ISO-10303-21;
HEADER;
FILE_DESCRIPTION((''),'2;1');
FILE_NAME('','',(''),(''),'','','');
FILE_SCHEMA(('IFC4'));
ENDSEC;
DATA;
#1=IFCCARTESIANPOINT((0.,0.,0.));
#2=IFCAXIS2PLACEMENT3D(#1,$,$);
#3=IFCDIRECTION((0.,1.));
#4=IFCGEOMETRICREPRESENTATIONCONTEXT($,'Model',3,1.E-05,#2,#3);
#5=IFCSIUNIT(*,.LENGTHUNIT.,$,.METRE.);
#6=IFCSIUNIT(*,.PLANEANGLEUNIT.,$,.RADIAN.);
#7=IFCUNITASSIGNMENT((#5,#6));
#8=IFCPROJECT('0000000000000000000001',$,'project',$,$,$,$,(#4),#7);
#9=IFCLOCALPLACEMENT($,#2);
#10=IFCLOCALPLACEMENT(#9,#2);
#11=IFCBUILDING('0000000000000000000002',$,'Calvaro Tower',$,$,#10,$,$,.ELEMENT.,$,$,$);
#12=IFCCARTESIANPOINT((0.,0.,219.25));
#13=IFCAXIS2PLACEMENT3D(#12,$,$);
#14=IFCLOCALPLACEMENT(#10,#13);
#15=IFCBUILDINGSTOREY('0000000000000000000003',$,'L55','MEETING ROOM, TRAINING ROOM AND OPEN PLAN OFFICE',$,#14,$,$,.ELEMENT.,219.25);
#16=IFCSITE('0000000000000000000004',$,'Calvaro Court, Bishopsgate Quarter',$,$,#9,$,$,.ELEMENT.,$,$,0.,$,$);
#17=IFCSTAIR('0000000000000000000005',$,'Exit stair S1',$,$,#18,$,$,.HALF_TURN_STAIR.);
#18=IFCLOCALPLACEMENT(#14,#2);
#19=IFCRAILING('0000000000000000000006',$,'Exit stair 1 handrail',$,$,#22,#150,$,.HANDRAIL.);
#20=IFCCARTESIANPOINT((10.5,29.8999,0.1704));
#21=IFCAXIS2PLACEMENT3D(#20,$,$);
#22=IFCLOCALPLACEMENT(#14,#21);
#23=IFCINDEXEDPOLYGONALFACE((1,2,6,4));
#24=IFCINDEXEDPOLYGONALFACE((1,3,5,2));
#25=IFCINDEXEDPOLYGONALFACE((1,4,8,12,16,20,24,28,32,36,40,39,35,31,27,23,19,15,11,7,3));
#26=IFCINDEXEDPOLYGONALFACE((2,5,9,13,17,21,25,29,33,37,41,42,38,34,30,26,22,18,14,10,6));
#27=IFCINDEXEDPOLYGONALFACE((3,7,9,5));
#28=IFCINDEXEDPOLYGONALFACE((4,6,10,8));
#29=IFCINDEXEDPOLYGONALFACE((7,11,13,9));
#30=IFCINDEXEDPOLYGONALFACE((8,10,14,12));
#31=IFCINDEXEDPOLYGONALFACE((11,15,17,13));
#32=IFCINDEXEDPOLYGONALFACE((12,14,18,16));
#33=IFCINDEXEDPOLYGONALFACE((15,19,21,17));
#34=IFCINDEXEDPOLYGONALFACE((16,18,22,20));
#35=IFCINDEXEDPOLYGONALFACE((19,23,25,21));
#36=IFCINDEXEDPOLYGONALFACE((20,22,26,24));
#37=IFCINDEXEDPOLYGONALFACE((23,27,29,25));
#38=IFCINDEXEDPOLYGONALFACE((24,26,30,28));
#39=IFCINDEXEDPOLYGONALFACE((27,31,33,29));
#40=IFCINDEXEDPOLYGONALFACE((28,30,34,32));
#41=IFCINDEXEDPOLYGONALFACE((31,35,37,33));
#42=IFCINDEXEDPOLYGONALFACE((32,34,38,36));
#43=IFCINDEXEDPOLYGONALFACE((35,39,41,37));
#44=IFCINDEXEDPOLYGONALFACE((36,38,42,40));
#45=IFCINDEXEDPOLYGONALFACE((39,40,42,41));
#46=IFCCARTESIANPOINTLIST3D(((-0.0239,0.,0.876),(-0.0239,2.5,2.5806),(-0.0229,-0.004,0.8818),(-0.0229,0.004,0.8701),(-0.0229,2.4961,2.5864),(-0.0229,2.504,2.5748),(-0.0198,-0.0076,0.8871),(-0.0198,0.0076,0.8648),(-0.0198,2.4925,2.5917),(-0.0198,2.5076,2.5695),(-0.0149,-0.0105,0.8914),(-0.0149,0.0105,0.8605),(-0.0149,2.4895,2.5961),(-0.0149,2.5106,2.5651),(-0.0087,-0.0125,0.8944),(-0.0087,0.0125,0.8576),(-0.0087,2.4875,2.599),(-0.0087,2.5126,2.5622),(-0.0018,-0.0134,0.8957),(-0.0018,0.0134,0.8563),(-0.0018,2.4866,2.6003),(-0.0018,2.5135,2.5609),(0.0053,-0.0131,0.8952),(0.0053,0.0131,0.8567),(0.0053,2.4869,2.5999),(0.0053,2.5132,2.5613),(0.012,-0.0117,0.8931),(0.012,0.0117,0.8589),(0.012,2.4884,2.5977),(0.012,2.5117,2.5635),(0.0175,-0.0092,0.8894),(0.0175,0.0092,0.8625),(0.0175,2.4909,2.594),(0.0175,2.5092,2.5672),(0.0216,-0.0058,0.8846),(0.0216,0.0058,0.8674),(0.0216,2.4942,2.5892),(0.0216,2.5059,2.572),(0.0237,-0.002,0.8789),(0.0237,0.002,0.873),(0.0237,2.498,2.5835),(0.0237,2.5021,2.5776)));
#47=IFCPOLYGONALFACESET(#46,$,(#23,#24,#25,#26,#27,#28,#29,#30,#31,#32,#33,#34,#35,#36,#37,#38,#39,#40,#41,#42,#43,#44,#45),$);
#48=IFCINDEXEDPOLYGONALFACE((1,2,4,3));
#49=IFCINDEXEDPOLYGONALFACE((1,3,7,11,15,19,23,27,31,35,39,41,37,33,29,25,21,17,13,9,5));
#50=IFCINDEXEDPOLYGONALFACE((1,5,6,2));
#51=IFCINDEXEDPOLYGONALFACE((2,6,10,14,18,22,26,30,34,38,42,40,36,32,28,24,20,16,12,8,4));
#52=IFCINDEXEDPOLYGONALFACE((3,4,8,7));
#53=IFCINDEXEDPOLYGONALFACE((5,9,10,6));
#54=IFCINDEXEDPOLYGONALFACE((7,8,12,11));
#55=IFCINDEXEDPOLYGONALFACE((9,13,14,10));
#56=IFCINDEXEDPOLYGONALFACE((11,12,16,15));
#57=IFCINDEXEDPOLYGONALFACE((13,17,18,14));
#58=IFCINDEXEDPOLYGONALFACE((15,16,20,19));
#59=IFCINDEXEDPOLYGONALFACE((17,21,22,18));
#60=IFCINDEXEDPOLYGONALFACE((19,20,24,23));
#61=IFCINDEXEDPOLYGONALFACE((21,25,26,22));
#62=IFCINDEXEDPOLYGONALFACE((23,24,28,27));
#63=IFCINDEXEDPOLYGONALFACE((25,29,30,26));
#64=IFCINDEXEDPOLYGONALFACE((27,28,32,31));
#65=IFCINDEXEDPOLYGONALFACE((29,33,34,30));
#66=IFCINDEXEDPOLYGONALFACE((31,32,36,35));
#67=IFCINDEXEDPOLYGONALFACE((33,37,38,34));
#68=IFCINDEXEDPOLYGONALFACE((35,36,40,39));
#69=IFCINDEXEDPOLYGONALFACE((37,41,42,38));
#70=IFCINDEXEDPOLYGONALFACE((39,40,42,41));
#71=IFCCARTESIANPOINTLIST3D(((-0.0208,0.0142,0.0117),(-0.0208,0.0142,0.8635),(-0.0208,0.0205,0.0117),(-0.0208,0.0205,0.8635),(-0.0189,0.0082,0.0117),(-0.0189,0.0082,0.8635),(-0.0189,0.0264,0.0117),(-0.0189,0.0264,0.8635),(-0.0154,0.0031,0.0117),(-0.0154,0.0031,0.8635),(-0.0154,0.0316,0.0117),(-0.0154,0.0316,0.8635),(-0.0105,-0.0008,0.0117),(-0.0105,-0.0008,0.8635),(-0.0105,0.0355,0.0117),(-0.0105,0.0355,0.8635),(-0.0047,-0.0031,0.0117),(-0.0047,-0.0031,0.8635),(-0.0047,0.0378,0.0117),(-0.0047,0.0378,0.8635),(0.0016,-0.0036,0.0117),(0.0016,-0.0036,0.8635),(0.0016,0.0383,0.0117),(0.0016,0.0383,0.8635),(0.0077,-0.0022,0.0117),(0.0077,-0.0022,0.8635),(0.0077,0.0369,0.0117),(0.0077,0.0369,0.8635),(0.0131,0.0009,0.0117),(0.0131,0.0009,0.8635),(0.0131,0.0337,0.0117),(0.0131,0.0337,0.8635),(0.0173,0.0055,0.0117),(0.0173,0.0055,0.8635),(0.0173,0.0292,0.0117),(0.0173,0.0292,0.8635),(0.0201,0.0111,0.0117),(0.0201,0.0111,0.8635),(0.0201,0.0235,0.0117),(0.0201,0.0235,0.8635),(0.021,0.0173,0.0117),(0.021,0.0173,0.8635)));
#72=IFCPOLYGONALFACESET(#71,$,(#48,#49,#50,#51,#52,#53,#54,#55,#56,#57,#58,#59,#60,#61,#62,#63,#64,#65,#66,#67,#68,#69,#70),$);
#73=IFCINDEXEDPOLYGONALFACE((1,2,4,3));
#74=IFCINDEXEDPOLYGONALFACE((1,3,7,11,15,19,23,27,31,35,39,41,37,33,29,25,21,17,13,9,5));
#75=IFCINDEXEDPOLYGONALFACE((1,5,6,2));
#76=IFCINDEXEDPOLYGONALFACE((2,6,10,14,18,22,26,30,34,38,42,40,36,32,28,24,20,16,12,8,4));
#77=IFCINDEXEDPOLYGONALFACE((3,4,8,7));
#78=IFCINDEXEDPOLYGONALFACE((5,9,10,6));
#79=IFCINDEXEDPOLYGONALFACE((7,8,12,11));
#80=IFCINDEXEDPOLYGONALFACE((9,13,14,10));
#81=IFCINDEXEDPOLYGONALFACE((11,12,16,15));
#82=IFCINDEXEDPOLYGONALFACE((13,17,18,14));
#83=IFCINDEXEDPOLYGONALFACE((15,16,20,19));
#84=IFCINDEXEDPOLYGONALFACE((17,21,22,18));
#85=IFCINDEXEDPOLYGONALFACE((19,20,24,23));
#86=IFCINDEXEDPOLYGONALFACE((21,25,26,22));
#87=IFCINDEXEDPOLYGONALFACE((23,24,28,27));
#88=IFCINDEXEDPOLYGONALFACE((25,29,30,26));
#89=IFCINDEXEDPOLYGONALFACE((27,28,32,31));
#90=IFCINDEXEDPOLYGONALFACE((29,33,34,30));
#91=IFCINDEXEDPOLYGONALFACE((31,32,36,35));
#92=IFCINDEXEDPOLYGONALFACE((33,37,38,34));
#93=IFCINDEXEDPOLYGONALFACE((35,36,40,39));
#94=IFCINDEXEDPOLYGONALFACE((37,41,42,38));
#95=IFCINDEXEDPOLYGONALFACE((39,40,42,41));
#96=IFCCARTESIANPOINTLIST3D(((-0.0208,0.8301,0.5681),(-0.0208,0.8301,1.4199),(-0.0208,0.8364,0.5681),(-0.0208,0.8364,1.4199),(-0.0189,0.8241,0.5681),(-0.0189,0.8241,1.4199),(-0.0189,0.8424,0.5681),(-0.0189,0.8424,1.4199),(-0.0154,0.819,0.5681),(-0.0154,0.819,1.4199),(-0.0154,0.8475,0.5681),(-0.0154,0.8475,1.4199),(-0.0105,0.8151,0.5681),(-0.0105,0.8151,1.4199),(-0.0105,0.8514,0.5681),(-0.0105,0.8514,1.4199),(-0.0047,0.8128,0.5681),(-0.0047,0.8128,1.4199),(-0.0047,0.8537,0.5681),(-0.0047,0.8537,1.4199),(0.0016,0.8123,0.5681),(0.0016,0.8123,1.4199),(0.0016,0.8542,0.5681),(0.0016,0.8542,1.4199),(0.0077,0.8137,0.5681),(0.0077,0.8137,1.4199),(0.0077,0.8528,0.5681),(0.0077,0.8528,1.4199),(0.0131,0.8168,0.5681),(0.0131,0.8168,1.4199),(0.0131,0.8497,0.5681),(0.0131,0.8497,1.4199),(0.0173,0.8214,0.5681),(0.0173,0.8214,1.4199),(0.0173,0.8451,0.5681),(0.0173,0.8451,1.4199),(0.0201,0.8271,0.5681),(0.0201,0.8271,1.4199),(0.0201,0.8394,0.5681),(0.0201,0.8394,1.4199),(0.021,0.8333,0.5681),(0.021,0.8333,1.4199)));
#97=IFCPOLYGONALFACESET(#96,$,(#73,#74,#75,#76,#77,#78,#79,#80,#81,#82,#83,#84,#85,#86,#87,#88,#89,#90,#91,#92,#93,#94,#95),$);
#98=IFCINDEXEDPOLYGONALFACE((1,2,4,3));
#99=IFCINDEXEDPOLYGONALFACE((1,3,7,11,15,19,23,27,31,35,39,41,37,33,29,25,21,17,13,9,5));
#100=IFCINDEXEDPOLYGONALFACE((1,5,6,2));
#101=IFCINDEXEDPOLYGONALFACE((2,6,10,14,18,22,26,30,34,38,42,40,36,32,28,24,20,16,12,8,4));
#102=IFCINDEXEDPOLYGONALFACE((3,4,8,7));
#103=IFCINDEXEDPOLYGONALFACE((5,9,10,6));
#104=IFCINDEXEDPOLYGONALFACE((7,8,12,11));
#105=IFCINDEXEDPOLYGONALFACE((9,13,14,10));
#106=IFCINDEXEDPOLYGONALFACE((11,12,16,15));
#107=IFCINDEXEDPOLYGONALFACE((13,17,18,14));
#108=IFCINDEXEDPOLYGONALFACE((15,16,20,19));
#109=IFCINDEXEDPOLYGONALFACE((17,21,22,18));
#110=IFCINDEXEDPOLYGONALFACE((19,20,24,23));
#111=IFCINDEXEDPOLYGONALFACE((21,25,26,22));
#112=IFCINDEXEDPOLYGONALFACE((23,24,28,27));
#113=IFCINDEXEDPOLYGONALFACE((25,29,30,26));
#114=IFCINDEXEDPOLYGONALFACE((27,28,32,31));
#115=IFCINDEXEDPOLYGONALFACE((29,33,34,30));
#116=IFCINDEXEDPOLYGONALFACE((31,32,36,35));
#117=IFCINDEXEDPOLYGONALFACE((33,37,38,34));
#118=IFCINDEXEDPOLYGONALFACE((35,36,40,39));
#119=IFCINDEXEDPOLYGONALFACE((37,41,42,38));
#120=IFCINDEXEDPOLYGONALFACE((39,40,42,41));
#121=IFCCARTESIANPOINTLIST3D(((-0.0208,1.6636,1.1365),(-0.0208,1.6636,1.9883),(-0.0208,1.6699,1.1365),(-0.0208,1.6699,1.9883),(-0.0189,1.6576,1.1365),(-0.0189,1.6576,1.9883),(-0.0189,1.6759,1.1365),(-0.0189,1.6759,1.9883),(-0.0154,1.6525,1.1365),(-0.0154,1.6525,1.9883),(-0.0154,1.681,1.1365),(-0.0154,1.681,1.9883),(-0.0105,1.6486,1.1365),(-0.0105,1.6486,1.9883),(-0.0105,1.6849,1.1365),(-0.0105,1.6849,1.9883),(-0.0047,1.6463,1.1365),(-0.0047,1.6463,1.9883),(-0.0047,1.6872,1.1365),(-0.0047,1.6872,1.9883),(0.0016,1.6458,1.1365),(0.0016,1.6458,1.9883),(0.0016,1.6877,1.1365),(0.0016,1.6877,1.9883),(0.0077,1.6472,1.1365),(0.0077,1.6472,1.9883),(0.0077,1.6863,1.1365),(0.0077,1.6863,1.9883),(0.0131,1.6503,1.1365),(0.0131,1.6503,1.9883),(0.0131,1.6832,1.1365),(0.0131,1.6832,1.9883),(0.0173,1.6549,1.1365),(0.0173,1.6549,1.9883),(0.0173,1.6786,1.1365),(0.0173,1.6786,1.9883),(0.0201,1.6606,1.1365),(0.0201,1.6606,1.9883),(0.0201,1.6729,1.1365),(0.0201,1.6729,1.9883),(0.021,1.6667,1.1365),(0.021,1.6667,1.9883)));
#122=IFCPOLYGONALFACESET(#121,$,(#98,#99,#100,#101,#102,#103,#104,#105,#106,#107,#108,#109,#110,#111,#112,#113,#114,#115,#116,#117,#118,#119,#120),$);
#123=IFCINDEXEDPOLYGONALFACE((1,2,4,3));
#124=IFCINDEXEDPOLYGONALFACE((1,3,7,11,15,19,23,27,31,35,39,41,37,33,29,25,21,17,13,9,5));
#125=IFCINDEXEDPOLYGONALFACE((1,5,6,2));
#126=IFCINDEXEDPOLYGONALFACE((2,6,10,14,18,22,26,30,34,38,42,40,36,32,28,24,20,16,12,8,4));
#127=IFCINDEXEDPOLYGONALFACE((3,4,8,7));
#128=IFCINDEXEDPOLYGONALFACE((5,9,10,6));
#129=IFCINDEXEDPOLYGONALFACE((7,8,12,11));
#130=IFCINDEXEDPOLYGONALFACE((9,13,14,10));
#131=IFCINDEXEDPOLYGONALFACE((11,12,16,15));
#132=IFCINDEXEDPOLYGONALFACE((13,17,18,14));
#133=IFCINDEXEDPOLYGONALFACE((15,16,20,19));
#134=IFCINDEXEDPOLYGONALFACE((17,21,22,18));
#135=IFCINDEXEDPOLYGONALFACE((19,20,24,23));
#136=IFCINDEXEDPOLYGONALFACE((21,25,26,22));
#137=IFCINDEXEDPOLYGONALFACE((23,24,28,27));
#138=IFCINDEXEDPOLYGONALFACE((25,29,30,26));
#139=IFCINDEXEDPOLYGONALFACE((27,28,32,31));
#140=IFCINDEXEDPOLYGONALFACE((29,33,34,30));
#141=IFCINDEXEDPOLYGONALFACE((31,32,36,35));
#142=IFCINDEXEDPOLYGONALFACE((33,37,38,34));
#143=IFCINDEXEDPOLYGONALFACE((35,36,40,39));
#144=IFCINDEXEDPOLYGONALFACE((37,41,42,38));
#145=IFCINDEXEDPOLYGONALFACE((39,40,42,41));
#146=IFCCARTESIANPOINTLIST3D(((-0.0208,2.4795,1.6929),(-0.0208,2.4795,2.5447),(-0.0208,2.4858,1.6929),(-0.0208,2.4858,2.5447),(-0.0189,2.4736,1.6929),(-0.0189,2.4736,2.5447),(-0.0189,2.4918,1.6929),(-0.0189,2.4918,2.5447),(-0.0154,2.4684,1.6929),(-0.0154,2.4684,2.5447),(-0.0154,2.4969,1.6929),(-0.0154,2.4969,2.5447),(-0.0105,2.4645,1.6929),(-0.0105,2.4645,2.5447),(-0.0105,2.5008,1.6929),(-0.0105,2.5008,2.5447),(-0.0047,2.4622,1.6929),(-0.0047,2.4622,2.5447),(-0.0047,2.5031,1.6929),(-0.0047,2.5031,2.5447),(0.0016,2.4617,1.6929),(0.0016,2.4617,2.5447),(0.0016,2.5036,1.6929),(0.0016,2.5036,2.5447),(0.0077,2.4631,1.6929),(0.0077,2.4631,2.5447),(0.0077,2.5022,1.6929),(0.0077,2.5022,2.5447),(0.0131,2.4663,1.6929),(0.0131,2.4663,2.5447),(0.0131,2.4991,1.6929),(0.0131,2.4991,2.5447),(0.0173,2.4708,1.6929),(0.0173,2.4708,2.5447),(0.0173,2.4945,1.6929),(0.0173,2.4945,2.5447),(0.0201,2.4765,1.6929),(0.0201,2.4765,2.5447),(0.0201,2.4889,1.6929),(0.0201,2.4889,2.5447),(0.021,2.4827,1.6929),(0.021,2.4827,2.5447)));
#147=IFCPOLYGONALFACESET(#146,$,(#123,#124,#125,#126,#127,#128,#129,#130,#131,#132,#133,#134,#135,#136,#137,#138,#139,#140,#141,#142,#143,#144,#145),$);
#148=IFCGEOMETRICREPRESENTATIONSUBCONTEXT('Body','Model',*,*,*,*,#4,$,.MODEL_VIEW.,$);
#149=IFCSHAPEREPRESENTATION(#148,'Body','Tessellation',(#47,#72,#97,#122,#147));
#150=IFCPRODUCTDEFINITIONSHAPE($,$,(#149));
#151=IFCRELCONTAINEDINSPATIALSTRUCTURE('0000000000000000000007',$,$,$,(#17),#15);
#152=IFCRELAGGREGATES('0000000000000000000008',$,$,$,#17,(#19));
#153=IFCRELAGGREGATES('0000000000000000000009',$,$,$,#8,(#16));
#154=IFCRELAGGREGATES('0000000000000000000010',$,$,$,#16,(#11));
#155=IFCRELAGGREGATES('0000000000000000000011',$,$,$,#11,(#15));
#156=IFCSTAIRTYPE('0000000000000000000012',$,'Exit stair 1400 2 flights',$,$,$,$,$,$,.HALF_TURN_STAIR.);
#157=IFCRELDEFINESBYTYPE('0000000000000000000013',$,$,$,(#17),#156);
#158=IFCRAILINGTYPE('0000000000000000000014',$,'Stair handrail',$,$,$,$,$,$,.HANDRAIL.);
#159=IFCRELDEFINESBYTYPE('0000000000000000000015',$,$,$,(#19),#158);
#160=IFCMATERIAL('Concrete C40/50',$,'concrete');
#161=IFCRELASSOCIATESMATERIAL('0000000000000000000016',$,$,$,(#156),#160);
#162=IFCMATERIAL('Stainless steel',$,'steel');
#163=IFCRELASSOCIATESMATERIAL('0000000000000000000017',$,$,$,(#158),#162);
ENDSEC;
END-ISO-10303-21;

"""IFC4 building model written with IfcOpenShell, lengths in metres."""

from ifc_helpers import new_model, si_unit, direction, frame, origin, origin_2d, place, context, subcontext, project, spatial, circle, extrude, material, type_object, element, aggregate, save


model = new_model("IFC4")

# Units and contexts
model_context = context("Model", 3, precision=1e-05, world=origin(), true_north=direction((0.0, 1.0)))
body_context = subcontext(model_context, "Body", "Model", "MODEL_VIEW")
ifc_project = project(units=[si_unit("LENGTHUNIT", "METRE"), si_unit("PLANEANGLEUNIT", "RADIAN")], contexts=[model_context])

# Site, building, storey
site_placement = place(None, origin())
site = spatial("IfcSite", under=ifc_project, at=site_placement, Name="Calvaro Court, Bishopsgate Quarter", CompositionType="ELEMENT", RefElevation=0.0)
building_placement = place(site_placement, origin())
building = spatial("IfcBuilding", under=site, at=building_placement, Name="Calvaro Tower", CompositionType="ELEMENT")
storey_placement = place(building_placement, frame((0.0, 0.0, 219.25)))
storey = spatial("IfcBuildingStorey", under=building, at=storey_placement, Name="L55", Description="MEETING ROOM, TRAINING ROOM AND OPEN PLAN OFFICE", CompositionType="ELEMENT", Elevation=219.25)

# Stair, railing
ifc_material_1 = material(Name="Concrete C40/50", Category="concrete")
stair_type = type_object("IfcStairType", Name="Exit stair 1400 2 flights", PredefinedType="HALF_TURN_STAIR", material=ifc_material_1)
stair_placement = place(storey_placement, origin())
stair = element("IfcStair", 1, at=stair_placement, inside=storey, type_object=stair_type, Name="Exit stair S1", PredefinedType="HALF_TURN_STAIR")
ifc_material_2 = material(Name="Stainless steel", Category="steel")
railing_type = type_object("IfcRailingType", Name="Stair handrail", PredefinedType="HANDRAIL", material=ifc_material_2)
railing_1_placement = place(storey_placement, frame((10.5, 29.8999, 0.1704)))
railing_1 = element("IfcRailing", 2, at=railing_1_placement, type_object=railing_type, Name="Exit stair 1 handrail", PredefinedType="HANDRAIL", context=body_context, shape_type="SweptSolid", body=[
    extrude(circle(Radius=0.0239, at=origin_2d()), frame((0.0, 0.0, 0.876), z_axis=(0.0, 0.826221, 0.563347), x_axis=(-1.0, 0.0, 0.0)), (0.0, 0.0, 1.0), 3.0259),
    extrude(circle(Radius=0.021, at=origin_2d()), frame((0.0, 0.0173, 0.0117)), (0.0, 0.0, 1.0), 0.8518),
    extrude(circle(Radius=0.021, at=origin_2d()), frame((0.0, 0.8333, 0.5681)), (0.0, 0.0, 1.0), 0.8518),
    extrude(circle(Radius=0.021, at=origin_2d()), frame((0.0, 1.6667, 1.1365)), (0.0, 0.0, 1.0), 0.8518),
    extrude(circle(Radius=0.021, at=origin_2d()), frame((0.0, 2.4827, 1.6929)), (0.0, 0.0, 1.0), 0.8518),
])
aggregate(stair, [railing_1])

save(model, "model.ifc")
